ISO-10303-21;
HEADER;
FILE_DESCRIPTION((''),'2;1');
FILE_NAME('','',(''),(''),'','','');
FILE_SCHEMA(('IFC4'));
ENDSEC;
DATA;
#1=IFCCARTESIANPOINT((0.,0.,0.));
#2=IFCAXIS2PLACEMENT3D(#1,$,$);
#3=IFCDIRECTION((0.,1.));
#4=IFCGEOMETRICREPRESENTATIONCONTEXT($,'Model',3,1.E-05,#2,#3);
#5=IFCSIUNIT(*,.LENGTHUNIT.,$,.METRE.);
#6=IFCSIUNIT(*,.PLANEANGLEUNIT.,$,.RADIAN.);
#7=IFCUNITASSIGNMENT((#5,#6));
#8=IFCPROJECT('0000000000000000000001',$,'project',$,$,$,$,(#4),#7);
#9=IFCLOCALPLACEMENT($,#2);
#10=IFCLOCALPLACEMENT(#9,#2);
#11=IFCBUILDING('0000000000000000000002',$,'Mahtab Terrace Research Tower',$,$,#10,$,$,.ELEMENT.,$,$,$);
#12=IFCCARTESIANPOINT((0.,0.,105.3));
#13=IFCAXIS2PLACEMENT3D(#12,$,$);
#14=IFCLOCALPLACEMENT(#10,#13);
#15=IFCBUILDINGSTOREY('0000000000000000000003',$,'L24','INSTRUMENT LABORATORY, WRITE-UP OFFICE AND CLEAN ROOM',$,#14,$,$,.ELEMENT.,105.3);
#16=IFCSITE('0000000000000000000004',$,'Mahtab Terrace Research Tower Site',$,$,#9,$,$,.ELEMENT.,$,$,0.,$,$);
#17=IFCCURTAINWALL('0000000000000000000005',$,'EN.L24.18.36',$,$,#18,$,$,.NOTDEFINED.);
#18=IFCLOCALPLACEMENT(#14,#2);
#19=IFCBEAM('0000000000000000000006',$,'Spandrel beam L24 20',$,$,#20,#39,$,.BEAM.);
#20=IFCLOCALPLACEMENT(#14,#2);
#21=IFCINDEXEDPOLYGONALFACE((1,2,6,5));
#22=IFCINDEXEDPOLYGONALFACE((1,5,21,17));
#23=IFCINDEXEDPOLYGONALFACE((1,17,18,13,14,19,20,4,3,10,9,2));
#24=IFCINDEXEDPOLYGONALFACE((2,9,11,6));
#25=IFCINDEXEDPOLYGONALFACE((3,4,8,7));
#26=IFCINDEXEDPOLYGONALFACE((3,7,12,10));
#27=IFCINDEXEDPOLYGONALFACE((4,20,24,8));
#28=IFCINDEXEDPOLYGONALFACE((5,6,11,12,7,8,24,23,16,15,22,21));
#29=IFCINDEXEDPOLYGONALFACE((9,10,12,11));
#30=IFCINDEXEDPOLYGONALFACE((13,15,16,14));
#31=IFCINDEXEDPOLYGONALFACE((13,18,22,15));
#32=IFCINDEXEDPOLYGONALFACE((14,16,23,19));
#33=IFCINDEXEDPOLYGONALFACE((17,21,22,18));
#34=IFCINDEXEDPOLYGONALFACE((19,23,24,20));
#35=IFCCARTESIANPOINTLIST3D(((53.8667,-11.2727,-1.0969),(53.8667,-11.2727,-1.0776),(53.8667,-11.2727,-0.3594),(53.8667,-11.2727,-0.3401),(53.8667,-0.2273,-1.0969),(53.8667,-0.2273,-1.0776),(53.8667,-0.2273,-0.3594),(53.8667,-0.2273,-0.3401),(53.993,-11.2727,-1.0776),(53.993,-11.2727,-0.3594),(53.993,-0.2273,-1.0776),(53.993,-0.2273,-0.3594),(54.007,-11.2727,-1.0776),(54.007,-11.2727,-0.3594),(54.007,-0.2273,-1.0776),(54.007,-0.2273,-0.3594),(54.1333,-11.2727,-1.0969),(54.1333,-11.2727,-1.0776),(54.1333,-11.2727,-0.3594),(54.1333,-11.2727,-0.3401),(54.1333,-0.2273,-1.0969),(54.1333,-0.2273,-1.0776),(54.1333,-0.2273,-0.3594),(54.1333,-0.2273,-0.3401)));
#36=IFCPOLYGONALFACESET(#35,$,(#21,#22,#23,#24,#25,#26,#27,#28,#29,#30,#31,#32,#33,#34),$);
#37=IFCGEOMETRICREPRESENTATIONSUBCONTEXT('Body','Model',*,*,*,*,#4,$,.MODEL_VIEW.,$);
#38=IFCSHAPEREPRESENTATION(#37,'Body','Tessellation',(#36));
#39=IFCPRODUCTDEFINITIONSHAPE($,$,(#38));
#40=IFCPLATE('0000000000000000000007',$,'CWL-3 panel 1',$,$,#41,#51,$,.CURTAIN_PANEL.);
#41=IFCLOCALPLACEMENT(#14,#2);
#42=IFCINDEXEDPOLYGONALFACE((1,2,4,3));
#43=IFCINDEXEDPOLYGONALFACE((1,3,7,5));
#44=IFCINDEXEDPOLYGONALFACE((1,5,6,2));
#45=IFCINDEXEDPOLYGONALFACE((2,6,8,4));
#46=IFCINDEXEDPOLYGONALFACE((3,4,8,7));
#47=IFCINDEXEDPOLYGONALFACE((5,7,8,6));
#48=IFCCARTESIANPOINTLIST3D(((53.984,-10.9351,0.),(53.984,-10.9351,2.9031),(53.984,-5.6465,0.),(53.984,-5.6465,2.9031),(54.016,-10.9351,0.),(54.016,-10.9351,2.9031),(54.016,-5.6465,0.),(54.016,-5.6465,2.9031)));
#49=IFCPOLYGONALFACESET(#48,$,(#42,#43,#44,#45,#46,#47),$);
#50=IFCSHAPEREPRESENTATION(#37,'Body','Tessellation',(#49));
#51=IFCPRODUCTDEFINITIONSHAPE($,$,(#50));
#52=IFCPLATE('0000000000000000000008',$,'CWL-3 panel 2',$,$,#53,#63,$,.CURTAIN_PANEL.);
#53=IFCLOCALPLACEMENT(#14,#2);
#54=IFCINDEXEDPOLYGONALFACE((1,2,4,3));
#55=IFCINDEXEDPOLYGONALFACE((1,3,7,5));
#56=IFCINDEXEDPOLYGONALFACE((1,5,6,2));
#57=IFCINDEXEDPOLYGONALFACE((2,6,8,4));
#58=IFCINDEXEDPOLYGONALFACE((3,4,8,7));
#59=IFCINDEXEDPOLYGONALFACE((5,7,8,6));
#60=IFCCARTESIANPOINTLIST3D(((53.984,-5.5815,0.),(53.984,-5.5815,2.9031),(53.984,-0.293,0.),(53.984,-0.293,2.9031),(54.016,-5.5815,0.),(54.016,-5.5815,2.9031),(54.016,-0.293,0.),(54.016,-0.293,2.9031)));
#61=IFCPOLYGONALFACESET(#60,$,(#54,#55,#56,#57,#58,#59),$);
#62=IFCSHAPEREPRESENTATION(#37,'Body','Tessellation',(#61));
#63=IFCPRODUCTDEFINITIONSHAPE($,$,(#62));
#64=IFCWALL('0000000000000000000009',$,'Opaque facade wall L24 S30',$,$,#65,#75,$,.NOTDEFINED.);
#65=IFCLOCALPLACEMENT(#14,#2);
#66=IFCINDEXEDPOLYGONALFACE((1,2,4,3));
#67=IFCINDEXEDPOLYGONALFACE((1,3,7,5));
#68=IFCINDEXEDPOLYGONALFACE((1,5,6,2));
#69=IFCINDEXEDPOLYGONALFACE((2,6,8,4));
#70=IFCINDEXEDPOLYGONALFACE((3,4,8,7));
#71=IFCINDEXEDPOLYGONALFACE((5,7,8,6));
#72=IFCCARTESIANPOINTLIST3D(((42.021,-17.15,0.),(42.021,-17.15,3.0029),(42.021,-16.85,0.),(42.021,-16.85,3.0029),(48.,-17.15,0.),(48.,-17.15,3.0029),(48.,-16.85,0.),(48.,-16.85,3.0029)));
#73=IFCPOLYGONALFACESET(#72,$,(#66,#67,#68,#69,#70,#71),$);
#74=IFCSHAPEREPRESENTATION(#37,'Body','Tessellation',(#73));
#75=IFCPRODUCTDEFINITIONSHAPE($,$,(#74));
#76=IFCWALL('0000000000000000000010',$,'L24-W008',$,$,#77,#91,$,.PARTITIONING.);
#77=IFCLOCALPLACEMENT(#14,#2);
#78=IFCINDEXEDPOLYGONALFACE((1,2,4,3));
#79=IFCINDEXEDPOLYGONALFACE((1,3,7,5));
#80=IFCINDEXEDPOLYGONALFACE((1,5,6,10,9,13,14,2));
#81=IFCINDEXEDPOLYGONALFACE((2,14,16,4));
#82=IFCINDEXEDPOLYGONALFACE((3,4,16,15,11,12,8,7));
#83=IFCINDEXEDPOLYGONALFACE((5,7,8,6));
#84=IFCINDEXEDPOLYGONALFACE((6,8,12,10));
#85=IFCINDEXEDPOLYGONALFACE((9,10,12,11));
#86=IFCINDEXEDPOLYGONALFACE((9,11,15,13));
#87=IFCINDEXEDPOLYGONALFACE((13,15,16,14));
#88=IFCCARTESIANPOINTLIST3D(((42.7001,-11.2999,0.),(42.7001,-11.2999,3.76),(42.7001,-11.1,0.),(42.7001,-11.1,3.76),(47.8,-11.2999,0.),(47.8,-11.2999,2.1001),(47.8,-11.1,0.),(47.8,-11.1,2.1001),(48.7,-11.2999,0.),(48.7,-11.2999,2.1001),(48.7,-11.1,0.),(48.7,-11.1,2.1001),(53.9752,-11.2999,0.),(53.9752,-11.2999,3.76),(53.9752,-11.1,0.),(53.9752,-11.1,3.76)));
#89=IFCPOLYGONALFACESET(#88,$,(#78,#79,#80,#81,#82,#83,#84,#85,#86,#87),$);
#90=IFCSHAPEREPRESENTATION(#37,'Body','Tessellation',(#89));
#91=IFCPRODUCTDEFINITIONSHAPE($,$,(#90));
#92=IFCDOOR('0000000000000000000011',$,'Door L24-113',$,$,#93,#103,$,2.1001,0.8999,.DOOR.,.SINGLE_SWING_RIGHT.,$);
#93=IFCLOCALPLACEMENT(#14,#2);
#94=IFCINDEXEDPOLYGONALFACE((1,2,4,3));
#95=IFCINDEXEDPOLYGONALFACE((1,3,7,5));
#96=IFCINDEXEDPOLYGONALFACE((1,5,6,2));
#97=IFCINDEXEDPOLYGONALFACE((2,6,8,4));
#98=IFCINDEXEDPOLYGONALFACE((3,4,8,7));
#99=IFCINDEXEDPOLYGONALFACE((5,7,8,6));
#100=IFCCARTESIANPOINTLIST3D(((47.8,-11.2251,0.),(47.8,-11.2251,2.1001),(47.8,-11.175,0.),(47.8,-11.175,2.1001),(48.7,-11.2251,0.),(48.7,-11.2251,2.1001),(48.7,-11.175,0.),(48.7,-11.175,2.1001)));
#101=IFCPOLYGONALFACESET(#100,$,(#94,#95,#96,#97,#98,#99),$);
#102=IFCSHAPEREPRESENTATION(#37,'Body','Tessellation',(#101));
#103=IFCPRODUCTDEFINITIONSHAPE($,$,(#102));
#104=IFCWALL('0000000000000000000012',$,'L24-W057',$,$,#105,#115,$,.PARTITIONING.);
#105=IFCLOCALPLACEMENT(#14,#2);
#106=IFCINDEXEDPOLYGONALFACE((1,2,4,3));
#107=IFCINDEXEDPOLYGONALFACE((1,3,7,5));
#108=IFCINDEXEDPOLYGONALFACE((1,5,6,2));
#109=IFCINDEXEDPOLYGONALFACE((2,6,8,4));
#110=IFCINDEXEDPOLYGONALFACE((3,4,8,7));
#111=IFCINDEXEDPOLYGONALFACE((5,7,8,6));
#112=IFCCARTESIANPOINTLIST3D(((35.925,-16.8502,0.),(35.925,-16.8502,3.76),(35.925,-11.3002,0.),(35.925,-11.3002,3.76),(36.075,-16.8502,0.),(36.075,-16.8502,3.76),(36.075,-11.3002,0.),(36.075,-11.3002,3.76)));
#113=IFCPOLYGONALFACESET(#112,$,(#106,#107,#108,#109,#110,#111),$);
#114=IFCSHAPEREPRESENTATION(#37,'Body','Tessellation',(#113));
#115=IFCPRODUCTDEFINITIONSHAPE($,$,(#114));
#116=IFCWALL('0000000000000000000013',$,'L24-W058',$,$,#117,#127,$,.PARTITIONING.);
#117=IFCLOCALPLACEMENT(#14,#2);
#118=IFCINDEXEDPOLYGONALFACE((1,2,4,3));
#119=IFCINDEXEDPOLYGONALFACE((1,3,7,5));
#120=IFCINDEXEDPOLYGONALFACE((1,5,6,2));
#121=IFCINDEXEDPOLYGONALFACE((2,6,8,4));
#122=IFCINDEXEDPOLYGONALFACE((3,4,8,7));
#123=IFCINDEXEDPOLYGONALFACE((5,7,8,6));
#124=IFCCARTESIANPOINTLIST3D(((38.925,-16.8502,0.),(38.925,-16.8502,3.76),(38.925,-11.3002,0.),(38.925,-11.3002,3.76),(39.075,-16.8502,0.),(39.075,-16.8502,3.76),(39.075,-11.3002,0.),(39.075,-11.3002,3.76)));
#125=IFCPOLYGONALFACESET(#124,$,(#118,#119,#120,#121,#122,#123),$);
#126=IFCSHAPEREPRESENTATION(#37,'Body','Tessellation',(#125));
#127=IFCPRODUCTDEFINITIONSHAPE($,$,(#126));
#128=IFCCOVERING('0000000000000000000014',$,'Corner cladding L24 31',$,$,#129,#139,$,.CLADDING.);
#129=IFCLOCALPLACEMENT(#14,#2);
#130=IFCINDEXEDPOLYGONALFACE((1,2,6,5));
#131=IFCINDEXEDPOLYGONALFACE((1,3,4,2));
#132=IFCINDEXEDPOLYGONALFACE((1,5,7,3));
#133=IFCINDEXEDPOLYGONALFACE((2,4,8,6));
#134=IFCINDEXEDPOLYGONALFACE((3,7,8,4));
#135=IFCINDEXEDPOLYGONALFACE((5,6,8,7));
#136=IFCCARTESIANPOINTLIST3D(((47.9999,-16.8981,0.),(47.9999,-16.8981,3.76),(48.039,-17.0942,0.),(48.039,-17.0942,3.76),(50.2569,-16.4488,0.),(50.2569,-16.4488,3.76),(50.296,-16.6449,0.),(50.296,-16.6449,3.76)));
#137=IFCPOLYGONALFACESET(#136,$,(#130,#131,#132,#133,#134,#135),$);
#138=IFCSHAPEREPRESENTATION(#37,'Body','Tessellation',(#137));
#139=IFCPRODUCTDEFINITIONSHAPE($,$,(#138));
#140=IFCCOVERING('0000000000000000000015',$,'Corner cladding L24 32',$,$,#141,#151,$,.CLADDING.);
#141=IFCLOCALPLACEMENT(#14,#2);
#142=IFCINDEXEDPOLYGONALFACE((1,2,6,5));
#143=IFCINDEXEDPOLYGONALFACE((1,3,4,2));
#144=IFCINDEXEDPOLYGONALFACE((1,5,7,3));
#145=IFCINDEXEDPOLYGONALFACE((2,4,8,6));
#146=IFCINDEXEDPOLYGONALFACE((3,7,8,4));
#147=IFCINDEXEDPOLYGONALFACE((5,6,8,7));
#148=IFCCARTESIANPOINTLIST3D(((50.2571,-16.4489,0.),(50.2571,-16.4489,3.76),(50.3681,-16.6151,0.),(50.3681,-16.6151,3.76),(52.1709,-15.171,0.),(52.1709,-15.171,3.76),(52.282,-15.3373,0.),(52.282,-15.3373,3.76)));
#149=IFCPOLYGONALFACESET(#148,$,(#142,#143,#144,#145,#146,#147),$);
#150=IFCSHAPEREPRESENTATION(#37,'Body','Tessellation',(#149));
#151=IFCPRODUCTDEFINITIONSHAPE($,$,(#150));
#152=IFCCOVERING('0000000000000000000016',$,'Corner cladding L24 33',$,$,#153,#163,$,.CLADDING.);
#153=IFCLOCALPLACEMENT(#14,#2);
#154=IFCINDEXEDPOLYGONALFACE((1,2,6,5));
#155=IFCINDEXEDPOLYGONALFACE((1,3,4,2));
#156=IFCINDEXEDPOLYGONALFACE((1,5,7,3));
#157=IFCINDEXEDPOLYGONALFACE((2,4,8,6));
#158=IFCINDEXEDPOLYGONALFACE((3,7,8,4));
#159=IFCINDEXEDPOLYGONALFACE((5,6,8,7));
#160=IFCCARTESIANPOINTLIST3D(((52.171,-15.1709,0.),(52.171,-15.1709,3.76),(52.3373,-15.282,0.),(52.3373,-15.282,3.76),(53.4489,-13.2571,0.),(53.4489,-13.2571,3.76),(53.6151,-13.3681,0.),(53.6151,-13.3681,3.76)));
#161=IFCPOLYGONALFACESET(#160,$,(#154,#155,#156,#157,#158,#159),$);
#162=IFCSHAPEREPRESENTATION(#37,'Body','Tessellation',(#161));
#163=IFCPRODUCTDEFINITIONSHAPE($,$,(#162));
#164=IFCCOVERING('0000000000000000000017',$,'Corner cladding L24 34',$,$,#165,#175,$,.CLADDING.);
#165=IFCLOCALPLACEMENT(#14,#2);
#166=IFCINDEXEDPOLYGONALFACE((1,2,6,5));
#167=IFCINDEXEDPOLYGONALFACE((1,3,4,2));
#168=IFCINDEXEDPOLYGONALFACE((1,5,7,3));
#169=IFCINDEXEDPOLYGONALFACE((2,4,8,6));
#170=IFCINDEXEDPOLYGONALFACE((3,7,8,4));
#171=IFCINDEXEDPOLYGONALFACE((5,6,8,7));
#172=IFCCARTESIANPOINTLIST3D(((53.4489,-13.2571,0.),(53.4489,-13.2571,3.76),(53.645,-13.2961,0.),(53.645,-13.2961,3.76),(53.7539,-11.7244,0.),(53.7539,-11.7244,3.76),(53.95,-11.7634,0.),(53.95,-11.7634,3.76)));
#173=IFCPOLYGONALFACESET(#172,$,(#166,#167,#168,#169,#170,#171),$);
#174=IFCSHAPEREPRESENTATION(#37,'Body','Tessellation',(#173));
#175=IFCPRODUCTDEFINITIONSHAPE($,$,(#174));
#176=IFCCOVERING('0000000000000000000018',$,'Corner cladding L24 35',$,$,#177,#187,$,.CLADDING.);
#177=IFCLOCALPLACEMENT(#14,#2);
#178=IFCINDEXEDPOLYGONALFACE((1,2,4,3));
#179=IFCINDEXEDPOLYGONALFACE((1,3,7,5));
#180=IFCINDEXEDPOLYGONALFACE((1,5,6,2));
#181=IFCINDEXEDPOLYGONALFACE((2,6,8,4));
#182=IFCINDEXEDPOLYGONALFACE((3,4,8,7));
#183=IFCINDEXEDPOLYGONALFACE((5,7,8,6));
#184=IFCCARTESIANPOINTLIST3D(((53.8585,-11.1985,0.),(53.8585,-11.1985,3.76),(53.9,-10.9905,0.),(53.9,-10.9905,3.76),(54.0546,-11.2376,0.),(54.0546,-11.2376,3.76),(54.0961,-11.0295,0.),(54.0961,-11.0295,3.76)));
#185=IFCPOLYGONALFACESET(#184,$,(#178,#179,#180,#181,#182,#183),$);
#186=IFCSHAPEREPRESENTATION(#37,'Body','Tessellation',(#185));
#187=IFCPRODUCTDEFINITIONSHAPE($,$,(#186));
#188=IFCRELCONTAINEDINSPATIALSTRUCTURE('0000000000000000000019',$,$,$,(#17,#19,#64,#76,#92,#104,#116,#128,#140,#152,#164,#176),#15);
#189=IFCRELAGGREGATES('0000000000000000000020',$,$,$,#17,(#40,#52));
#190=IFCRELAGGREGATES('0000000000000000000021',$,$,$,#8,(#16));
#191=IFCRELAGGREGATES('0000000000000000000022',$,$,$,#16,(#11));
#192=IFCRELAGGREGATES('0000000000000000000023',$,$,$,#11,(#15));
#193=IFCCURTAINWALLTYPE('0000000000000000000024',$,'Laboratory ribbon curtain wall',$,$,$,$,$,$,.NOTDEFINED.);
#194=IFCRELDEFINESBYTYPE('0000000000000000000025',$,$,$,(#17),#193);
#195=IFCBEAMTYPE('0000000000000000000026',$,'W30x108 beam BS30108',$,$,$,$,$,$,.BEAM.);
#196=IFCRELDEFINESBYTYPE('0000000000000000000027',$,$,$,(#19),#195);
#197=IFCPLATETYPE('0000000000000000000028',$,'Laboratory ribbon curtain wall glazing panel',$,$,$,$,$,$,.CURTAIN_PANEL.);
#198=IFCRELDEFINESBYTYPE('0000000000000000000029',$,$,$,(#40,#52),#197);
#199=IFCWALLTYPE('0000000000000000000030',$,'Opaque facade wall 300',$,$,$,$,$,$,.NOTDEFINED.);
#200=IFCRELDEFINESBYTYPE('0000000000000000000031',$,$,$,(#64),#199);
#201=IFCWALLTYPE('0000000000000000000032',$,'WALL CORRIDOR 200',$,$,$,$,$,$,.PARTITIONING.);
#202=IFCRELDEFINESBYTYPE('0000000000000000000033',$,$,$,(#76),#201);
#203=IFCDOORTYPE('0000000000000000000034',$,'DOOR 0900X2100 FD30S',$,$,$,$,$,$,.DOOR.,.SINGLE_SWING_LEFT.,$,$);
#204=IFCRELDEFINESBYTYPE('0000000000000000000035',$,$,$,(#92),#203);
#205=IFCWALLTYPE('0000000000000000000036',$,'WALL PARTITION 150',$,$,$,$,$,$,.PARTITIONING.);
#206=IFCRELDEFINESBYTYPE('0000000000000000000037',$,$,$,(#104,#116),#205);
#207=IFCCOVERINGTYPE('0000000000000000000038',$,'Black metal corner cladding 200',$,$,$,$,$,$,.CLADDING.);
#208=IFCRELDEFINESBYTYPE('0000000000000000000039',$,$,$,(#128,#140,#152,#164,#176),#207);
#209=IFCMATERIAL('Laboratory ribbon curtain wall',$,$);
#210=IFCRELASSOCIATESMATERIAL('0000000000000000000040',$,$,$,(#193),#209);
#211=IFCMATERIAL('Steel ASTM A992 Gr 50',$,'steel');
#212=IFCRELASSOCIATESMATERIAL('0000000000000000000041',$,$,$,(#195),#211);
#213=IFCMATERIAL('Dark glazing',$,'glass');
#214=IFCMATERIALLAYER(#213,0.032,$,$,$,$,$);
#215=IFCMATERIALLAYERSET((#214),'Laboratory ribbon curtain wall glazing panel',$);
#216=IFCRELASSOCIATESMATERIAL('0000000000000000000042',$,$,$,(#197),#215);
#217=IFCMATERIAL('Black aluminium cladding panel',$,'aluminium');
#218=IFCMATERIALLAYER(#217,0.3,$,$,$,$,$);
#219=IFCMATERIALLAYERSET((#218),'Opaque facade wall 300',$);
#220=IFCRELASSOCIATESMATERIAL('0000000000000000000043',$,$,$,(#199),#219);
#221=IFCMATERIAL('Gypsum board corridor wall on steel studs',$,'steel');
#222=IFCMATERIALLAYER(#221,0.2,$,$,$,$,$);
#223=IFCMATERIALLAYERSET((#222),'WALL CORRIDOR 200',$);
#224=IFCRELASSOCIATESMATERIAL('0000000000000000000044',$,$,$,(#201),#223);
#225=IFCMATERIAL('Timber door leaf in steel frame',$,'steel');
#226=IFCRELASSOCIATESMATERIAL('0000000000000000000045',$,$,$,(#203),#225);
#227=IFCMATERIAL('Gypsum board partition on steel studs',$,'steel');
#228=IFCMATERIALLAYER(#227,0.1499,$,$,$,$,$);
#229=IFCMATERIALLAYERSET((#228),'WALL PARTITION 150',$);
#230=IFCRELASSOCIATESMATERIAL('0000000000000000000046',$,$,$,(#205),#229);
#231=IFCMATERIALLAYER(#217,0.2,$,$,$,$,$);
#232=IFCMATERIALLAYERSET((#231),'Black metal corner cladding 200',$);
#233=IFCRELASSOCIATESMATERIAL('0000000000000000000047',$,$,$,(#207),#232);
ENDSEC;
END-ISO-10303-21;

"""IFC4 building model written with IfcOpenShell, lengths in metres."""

from ifc_helpers import new_model, si_unit, direction, frame, frame_2d, origin, origin_2d, place, context, subcontext, project, spatial, rectangle, i_section, extrude, material, layer, layer_set, material_profile, profile_set, type_object, element, fill, aggregate, save


model = new_model("IFC4")

# Units and contexts
model_context = context("Model", 3, precision=1e-05, world=origin(), true_north=direction((0.0, 1.0)))
body_context = subcontext(model_context, "Body", "Model", "MODEL_VIEW")
ifc_project = project(units=[si_unit("LENGTHUNIT", "METRE"), si_unit("PLANEANGLEUNIT", "RADIAN")], contexts=[model_context])

# Site, building, storey
site_placement = place(None, origin())
site = spatial("IfcSite", under=ifc_project, at=site_placement, Name="Mahtab Terrace Research Tower Site", CompositionType="ELEMENT", RefElevation=0.0)
building_placement = place(site_placement, origin())
building = spatial("IfcBuilding", under=site, at=building_placement, Name="Mahtab Terrace Research Tower", CompositionType="ELEMENT")
storey_placement = place(building_placement, frame((0.0, 0.0, 105.3)))
storey = spatial("IfcBuildingStorey", under=building, at=storey_placement, Name="L24", Description="INSTRUMENT LABORATORY, WRITE-UP OFFICE AND CLEAN ROOM", CompositionType="ELEMENT", Elevation=105.3)

# Shared definitions
ifc_material_1 = material(Name="Steel ASTM A992 Gr 50", Category="steel")

# Curtain wall
ifc_material_2 = material(Name="Laboratory ribbon curtain wall")
curtain_wall_type = type_object("IfcCurtainWallType", Name="Laboratory ribbon curtain wall", PredefinedType="NOTDEFINED", material=ifc_material_2)
curtain_wall_placement = place(storey_placement, origin())
curtain_wall = element("IfcCurtainWall", 1, at=curtain_wall_placement, inside=storey, type_object=curtain_wall_type, Name="EN.L24.18.36", PredefinedType="NOTDEFINED")

# Beam
ifc_material_profile_1 = material_profile(ifc_material_1, i_section(OverallWidth=0.2666, OverallDepth=0.7568, WebThickness=0.0139, FlangeThickness=0.0193, at=origin_2d()), Name="W30X108")
ifc_profile_set_1 = profile_set([ifc_material_profile_1], Name="Steel ASTM A992 Gr 50")
beam_type = type_object("IfcBeamType", Name="W30x108 beam BS30108", PredefinedType="BEAM", material=ifc_profile_set_1)
beam_1_placement = place(storey_placement, frame((54.0, -11.2727, -0.7185), z_axis=(0.0, 1.0, 0.0), x_axis=(-1.0, 0.0, 0.0)))
element("IfcBeam", 2, at=beam_1_placement, inside=storey, type_object=beam_type, Name="Spandrel beam L24 20", PredefinedType="BEAM", context=body_context, shape_type="SweptSolid", body=[
    extrude(i_section(OverallWidth=0.2666, OverallDepth=0.7568, WebThickness=0.0139, FlangeThickness=0.0193, at=origin_2d()), origin(), (0.0, 0.0, 1.0), 11.0454),
])

# Plates
ifc_material_3 = material(Name="Dark glazing", Category="glass")
ifc_layer_1 = layer(ifc_material_3, 0.032)
ifc_layer_set_1 = layer_set([ifc_layer_1], Name="Laboratory ribbon curtain wall glazing panel")
plate_type = type_object("IfcPlateType", Name="Laboratory ribbon curtain wall glazing panel", PredefinedType="CURTAIN_PANEL", material=ifc_layer_set_1)
plate_1_placement = place(storey_placement, frame((54.0, -8.2908, 0.0), z_axis=(0.0, 0.0, 1.0), x_axis=(0.0, 1.0, 0.0)))
plate_1 = element("IfcPlate", 3, at=plate_1_placement, type_object=plate_type, Name="CWL-3 panel 1", PredefinedType="CURTAIN_PANEL", context=body_context, shape_type="SweptSolid", body=[
    extrude(rectangle(XDim=5.2886, YDim=0.032, at=origin_2d()), origin(), (0.0, 0.0, 1.0), 2.9031),
])
plate_2_placement = place(storey_placement, frame((54.0, -2.9373, 0.0), z_axis=(0.0, 0.0, 1.0), x_axis=(0.0, 1.0, 0.0)))
plate_2 = element("IfcPlate", 4, at=plate_2_placement, type_object=plate_type, Name="CWL-3 panel 2", PredefinedType="CURTAIN_PANEL", context=body_context, shape_type="SweptSolid", body=[
    extrude(rectangle(XDim=5.2886, YDim=0.032, at=origin_2d()), origin(), (0.0, 0.0, 1.0), 2.9031),
])
aggregate(curtain_wall, [plate_1, plate_2])

# Wall
ifc_material_4 = material(Name="Black aluminium cladding panel", Category="aluminium")
ifc_layer_2 = layer(ifc_material_4, 0.3)
ifc_layer_set_2 = layer_set([ifc_layer_2], Name="Opaque facade wall 300")
wall_type_1 = type_object("IfcWallType", Name="Opaque facade wall 300", PredefinedType="NOTDEFINED", material=ifc_layer_set_2)
wall_1_placement = place(storey_placement, frame((42.021, -17.0, 0.0), z_axis=(0.0, 0.0, 1.0), x_axis=(1.0, 0.0, 0.0)))
element("IfcWall", 5, at=wall_1_placement, inside=storey, type_object=wall_type_1, Name="Opaque facade wall L24 S30", PredefinedType="NOTDEFINED", context=body_context, shape_type="SweptSolid", body=[
    extrude(rectangle(XDim=5.979, YDim=0.3, at=frame_2d((2.9895, 0.0))), origin(), (0.0, 0.0, 1.0), 3.0029),
])

# Wall, opening, door
ifc_material_5 = material(Name="Gypsum board corridor wall on steel studs", Category="steel")
ifc_layer_3 = layer(ifc_material_5, 0.2)
ifc_layer_set_3 = layer_set([ifc_layer_3], Name="WALL CORRIDOR 200")
wall_type_2 = type_object("IfcWallType", Name="WALL CORRIDOR 200", PredefinedType="PARTITIONING", material=ifc_layer_set_3)
wall_2_placement = place(storey_placement, frame((42.7, -11.2, 0.0), z_axis=(0.0, 0.0, 1.0), x_axis=(1.0, 0.0, 0.0)))
wall_2 = element("IfcWall", 6, at=wall_2_placement, inside=storey, type_object=wall_type_2, Name="L24-W008", PredefinedType="PARTITIONING", context=body_context, shape_type="SweptSolid", body=[
    extrude(rectangle(XDim=11.2751, YDim=0.2, at=frame_2d((5.6377, 0.0))), origin(), (0.0, 0.0, 1.0), 3.76),
])
opening_placement = place(wall_2_placement, frame((5.1001, 0.0, 0.0)))
opening = element("IfcOpeningElement", 7, at=opening_placement, cuts=wall_2, PredefinedType="OPENING", context=body_context, shape_type="SweptSolid", body=[
    extrude(rectangle(XDim=0.8999, YDim=2.1001, at=frame_2d((0.45, 1.05))), frame((0.0, 0.1099, 0.0), z_axis=(0.0, -1.0, 0.0), x_axis=(1.0, 0.0, 0.0)), (0.0, 0.0, 1.0), 0.22),
])
ifc_material_6 = material(Name="Timber door leaf in steel frame", Category="steel")
door_type = type_object("IfcDoorType", Name="DOOR 0900X2100 FD30S", OperationType="SINGLE_SWING_LEFT", PredefinedType="DOOR", material=ifc_material_6)
door_placement = place(opening_placement, origin())
door = element("IfcDoor", 8, at=door_placement, inside=storey, type_object=door_type, Name="Door L24-113", OperationType="SINGLE_SWING_RIGHT", OverallHeight=2.1001, OverallWidth=0.8999, PredefinedType="DOOR", context=body_context, shape_type="SweptSolid", body=[
    extrude(rectangle(XDim=0.8999, YDim=2.1001, at=frame_2d((0.45, 1.05))), frame((0.0, 0.0249, 0.0), z_axis=(0.0, -1.0, 0.0), x_axis=(1.0, 0.0, 0.0)), (0.0, 0.0, 1.0), 0.05),
])
fill(opening, door)

# Walls
ifc_material_7 = material(Name="Gypsum board partition on steel studs", Category="steel")
ifc_layer_4 = layer(ifc_material_7, 0.1499)
ifc_layer_set_4 = layer_set([ifc_layer_4], Name="WALL PARTITION 150")
wall_type_3 = type_object("IfcWallType", Name="WALL PARTITION 150", PredefinedType="PARTITIONING", material=ifc_layer_set_4)
for number, where, z_axis, x_axis, name in (
    (9, (36.0, -16.8501, 0.0), (0.0, 0.0, 1.0), (0.0, 1.0, 0.0), "L24-W057"),
    (10, (39.0, -16.8501, 0.0), (0.0, 0.0, 1.0), (0.0, 1.0, 0.0), "L24-W058"),
):
    element("IfcWall", number, at=place(storey_placement, frame(where, z_axis=z_axis, x_axis=x_axis)), inside=storey, type_object=wall_type_3, Name=name, PredefinedType="PARTITIONING", context=body_context, shape_type="SweptSolid", body=[
        extrude(rectangle(XDim=5.55, YDim=0.1499, at=frame_2d((2.7749, 0.0))), origin(), (0.0, 0.0, 1.0), 3.76),
    ])

# Coverings
ifc_layer_5 = layer(ifc_material_4, 0.2)
ifc_layer_set_5 = layer_set([ifc_layer_5], Name="Black metal corner cladding 200")
covering_type = type_object("IfcCoveringType", Name="Black metal corner cladding 200", PredefinedType="CLADDING", material=ifc_layer_set_5)
for number, where, z_axis, x_axis, name in (
    (11, (49.1479, -16.7715, 0.0), (0.0, 0.0, 1.0), (0.980761, 0.195212, 0.0), "Corner cladding L24 31"),
    (12, (51.2695, -15.8931, 0.0), (0.0, 0.0, 1.0), (0.831656, 0.555291, 0.0), "Corner cladding L24 32"),
    (13, (52.8931, -14.2695, 0.0), (0.0, 0.0, 1.0), (0.555291, 0.831656, 0.0), "Corner cladding L24 33"),
):
    element("IfcCovering", number, at=place(storey_placement, frame(where, z_axis=z_axis, x_axis=x_axis)), inside=storey, type_object=covering_type, Name=name, PredefinedType="CLADDING", context=body_context, shape_type="SweptSolid", body=[
        extrude(rectangle(XDim=2.3013, YDim=0.2, at=origin_2d()), origin(), (0.0, 0.0, 1.0), 3.76),
    ])
covering_1_placement = place(storey_placement, frame((53.6995, -12.5103, 0.0), z_axis=(0.0, 0.0, 1.0), x_axis=(0.195212, 0.980761, 0.0)))
element("IfcCovering", 14, at=covering_1_placement, inside=storey, type_object=covering_type, Name="Corner cladding L24 34", PredefinedType="CLADDING", context=body_context, shape_type="SweptSolid", body=[
    extrude(rectangle(XDim=1.5627, YDim=0.2, at=origin_2d()), origin(), (0.0, 0.0, 1.0), 3.76),
])
covering_2_placement = place(storey_placement, frame((53.9773, -11.114, 0.0), z_axis=(0.0, 0.0, 1.0), x_axis=(0.195212, 0.980761, 0.0)))
element("IfcCovering", 15, at=covering_2_placement, inside=storey, type_object=covering_type, Name="Corner cladding L24 35", PredefinedType="CLADDING", context=body_context, shape_type="SweptSolid", body=[
    extrude(rectangle(XDim=0.2122, YDim=0.2, at=origin_2d()), origin(), (0.0, 0.0, 1.0), 3.76),
])

save(model, "model.ifc")
